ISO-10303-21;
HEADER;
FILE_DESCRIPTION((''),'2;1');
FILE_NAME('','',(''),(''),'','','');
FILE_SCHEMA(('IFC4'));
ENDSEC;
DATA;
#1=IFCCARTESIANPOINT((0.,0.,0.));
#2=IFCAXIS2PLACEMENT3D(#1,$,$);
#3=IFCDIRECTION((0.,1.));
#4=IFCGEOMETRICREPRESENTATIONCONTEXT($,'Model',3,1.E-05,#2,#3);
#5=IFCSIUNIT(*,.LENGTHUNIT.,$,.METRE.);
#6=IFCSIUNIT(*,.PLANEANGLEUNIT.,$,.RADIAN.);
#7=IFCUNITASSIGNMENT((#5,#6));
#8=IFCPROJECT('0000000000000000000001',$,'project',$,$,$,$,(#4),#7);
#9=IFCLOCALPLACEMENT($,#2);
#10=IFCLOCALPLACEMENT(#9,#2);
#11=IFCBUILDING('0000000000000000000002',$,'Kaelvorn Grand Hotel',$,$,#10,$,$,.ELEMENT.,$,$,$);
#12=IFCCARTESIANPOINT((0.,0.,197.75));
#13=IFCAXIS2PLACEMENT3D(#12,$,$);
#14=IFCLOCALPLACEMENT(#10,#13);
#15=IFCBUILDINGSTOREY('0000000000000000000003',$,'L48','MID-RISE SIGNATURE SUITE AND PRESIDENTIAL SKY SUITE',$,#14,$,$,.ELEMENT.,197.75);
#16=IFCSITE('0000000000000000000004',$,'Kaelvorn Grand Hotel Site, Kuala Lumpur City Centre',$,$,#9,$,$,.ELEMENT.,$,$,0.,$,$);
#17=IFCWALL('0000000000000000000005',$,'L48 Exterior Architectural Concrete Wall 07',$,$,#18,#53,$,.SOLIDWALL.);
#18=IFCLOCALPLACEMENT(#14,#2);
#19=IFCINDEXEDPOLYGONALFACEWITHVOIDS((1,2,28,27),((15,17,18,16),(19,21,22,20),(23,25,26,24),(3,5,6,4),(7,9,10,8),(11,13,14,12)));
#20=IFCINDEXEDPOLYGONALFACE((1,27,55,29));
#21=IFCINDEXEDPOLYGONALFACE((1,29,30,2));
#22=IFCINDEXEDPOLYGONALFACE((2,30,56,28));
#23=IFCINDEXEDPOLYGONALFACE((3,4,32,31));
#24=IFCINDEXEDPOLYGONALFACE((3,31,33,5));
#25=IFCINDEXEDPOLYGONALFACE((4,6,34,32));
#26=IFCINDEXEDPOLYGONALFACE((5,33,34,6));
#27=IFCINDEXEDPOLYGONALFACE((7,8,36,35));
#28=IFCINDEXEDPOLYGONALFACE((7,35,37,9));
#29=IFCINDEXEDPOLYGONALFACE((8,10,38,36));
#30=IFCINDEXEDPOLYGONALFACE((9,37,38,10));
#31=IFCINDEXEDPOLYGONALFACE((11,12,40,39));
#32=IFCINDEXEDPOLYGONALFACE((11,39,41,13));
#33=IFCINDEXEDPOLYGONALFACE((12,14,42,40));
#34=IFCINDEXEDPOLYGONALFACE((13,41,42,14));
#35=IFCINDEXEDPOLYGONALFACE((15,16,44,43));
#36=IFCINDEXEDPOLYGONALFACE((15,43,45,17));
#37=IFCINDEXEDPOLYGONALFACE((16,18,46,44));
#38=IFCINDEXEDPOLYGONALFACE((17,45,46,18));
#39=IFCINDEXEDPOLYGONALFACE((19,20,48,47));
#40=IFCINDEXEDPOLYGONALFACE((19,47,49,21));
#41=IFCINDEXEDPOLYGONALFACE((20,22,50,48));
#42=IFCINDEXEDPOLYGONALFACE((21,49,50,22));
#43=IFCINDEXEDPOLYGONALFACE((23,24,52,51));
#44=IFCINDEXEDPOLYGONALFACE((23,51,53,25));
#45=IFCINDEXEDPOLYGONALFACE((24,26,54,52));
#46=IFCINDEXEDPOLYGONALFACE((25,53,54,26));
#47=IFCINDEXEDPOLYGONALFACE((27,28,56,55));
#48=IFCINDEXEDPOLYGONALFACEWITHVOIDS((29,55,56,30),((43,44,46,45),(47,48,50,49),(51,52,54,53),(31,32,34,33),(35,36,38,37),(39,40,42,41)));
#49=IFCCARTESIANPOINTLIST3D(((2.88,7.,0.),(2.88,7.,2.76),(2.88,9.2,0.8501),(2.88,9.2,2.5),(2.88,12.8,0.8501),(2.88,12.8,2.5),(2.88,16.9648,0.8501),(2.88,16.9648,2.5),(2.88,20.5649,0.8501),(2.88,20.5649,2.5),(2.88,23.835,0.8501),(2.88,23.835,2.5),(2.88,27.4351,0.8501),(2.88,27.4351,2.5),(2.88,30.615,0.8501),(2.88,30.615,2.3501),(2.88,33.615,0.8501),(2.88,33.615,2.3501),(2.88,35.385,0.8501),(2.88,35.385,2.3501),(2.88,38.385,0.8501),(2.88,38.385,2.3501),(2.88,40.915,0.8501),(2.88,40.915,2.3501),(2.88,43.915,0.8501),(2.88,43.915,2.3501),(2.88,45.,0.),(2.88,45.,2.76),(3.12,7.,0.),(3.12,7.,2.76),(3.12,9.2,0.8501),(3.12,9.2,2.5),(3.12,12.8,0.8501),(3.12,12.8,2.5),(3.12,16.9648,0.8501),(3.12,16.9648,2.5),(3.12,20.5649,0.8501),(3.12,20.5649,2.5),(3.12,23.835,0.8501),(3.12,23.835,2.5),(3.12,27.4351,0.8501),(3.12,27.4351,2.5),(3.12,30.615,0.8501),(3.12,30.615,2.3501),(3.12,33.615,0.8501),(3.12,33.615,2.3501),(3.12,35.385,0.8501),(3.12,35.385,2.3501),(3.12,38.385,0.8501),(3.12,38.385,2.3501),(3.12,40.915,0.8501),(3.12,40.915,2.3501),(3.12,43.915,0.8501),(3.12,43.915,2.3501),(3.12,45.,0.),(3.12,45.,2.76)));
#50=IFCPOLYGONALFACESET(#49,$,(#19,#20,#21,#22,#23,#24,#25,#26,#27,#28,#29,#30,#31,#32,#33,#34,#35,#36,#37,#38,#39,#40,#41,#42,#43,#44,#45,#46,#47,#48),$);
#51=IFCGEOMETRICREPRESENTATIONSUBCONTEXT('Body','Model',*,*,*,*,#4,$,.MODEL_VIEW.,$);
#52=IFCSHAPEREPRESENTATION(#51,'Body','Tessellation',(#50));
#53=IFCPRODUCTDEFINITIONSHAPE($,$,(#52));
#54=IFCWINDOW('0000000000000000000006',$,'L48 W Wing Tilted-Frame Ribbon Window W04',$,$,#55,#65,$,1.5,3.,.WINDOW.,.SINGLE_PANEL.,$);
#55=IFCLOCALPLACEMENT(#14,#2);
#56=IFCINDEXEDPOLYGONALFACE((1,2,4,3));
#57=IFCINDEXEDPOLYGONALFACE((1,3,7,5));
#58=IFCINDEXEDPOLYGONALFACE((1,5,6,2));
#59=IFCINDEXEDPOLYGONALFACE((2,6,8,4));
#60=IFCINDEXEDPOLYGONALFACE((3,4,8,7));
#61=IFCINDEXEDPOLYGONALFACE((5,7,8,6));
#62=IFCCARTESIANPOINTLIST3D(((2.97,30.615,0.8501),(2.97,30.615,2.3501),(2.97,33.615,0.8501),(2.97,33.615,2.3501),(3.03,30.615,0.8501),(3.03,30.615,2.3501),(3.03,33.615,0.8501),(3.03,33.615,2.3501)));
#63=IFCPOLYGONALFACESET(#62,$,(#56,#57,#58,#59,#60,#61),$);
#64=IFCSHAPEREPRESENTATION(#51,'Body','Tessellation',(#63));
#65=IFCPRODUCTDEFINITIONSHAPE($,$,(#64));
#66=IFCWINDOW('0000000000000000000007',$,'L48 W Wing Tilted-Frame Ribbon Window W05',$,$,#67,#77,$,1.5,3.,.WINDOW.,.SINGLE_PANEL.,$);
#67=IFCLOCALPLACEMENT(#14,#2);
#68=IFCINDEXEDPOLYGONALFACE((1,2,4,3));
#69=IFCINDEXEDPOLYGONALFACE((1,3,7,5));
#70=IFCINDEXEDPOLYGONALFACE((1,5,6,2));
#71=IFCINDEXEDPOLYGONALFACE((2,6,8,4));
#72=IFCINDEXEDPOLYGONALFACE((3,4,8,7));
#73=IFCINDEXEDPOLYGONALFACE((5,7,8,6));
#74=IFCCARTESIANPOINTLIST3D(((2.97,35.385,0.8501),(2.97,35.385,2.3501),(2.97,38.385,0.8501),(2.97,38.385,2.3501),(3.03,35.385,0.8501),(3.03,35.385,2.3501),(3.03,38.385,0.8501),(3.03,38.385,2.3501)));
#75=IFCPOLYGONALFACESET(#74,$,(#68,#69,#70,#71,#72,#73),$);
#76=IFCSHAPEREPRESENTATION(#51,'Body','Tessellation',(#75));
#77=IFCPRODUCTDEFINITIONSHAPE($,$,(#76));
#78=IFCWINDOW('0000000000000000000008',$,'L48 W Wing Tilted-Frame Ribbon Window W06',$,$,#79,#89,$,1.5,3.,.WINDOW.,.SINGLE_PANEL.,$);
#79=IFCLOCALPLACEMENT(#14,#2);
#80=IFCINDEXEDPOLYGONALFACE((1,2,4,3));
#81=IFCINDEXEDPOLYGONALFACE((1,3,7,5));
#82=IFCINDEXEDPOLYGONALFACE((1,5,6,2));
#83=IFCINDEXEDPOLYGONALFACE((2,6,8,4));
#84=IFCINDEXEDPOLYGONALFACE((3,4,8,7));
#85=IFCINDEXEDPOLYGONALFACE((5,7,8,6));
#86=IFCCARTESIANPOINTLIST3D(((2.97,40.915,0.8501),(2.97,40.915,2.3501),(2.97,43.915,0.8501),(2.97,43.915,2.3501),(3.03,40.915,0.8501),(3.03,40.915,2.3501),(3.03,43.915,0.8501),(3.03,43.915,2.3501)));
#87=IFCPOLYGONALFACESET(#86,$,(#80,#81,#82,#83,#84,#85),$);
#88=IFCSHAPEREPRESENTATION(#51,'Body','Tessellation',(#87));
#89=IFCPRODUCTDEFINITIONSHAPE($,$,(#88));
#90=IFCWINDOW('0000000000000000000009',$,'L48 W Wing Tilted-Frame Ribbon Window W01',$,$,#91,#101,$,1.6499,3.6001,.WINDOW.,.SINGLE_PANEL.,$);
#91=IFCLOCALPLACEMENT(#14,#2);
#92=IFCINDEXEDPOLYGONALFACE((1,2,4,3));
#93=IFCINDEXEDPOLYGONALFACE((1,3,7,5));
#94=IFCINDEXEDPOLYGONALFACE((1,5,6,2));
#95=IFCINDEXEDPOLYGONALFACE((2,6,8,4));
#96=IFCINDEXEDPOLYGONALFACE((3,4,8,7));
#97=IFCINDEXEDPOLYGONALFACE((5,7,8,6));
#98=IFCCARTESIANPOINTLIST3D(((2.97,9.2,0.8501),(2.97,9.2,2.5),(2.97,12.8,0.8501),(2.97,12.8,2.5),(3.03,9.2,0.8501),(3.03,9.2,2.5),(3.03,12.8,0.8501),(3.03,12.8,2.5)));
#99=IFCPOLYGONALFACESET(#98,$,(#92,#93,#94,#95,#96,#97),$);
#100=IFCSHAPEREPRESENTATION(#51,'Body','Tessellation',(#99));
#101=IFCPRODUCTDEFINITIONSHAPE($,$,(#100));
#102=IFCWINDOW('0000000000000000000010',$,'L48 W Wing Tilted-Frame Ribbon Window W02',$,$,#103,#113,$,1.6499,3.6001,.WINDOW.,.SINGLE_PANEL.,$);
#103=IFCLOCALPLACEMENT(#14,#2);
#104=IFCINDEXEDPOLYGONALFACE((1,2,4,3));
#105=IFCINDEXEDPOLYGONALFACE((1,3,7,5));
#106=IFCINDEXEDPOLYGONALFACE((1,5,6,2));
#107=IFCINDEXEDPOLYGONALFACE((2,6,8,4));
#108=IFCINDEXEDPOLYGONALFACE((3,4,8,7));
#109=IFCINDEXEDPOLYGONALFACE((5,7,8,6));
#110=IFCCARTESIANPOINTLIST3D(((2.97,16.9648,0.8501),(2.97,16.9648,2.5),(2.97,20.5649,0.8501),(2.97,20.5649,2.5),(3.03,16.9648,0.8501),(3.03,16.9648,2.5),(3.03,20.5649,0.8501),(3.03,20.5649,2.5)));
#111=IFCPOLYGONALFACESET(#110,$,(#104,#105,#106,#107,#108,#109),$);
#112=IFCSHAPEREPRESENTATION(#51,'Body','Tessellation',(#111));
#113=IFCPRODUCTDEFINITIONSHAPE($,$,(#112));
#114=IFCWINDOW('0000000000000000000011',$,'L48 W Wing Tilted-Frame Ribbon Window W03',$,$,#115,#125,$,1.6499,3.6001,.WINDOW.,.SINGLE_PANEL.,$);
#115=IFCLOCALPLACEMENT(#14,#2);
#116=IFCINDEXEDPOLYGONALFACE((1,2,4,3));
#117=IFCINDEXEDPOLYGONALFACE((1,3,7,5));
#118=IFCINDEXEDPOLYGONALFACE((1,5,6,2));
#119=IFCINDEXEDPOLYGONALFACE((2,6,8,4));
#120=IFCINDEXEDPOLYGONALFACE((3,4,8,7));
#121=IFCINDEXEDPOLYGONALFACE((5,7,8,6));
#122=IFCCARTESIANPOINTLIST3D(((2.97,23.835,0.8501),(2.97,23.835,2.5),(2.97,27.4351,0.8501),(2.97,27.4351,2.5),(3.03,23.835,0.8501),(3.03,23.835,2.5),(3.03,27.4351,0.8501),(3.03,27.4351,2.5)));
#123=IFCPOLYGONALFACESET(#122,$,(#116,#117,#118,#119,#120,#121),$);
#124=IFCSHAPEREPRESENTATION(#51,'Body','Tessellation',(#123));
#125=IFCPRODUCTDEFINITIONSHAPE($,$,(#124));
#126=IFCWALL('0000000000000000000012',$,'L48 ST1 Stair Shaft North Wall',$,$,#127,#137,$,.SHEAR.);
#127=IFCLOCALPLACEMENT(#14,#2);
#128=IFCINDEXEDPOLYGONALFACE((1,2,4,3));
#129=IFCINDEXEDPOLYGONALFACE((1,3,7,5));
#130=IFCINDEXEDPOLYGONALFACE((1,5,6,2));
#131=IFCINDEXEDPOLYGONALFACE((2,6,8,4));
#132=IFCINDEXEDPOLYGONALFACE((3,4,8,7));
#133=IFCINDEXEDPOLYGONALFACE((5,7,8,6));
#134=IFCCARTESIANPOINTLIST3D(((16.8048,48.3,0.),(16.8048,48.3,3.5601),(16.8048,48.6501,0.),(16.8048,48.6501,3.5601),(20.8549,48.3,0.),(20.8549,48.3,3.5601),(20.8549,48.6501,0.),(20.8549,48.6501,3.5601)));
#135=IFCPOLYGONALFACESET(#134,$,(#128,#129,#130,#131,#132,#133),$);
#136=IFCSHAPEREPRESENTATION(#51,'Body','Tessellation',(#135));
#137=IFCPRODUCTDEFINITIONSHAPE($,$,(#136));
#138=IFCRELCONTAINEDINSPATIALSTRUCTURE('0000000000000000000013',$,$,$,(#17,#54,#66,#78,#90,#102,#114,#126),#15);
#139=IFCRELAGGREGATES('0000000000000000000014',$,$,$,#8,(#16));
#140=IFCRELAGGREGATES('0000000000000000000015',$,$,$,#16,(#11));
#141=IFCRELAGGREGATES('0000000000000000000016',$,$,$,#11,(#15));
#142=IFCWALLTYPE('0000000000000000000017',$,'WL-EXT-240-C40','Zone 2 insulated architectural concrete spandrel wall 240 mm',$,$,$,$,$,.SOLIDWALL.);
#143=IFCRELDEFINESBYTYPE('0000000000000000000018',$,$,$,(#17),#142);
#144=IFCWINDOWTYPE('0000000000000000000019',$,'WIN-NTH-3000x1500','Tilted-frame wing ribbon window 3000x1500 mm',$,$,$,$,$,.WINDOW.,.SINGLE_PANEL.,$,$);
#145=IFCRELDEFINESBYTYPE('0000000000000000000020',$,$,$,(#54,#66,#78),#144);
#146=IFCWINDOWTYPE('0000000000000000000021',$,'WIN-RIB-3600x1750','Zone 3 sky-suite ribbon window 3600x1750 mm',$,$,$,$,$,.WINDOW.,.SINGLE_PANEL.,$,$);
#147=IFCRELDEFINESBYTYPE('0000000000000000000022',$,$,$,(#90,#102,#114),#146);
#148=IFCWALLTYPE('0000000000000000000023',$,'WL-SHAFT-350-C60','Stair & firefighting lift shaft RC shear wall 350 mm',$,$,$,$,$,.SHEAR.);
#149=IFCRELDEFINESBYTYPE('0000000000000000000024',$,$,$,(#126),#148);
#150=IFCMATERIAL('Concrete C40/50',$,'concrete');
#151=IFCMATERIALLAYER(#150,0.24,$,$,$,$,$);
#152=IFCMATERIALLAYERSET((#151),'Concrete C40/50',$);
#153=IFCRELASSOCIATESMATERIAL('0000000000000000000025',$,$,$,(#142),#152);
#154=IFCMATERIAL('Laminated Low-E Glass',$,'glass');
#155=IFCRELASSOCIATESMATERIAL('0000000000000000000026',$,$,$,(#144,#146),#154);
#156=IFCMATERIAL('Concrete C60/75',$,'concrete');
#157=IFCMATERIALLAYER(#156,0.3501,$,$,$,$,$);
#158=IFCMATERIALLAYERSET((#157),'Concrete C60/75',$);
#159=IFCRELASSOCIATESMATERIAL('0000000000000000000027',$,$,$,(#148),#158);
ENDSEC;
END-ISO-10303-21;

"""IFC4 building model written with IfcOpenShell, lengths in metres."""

from ifc_helpers import new_model, si_unit, direction, frame, frame_2d, origin, place, context, subcontext, project, spatial, rectangle, extrude, material, layer, layer_set, type_object, element, fill, save


model = new_model("IFC4")

# Units and contexts
model_context = context("Model", 3, precision=1e-05, world=origin(), true_north=direction((0.0, 1.0)))
body_context = subcontext(model_context, "Body", "Model", "MODEL_VIEW")
ifc_project = project(units=[si_unit("LENGTHUNIT", "METRE"), si_unit("PLANEANGLEUNIT", "RADIAN")], contexts=[model_context])

# Site, building, storey
site_placement = place(None, origin())
site = spatial("IfcSite", under=ifc_project, at=site_placement, Name="Kaelvorn Grand Hotel Site, Kuala Lumpur City Centre", CompositionType="ELEMENT", RefElevation=0.0)
building_placement = place(site_placement, origin())
building = spatial("IfcBuilding", under=site, at=building_placement, Name="Kaelvorn Grand Hotel", CompositionType="ELEMENT")
storey_placement = place(building_placement, frame((0.0, 0.0, 197.75)))
storey = spatial("IfcBuildingStorey", under=building, at=storey_placement, Name="L48", Description="MID-RISE SIGNATURE SUITE AND PRESIDENTIAL SKY SUITE", CompositionType="ELEMENT", Elevation=197.75)

# Shared definitions
ifc_material_1 = material(Name="Concrete C60/75", Category="concrete")

# Shared definitions
ifc_material_2 = material(Name="Concrete C40/50", Category="concrete")
ifc_layer_1 = layer(ifc_material_2, 0.24)
ifc_layer_set_1 = layer_set([ifc_layer_1], Name="Concrete C40/50")
wall_type_1 = type_object("IfcWallType", Name="WL-EXT-240-C40", Description="Zone 2 insulated architectural concrete spandrel wall 240 mm", PredefinedType="SOLIDWALL", material=ifc_layer_set_1)
ifc_material_3 = material(Name="Laminated Low-E Glass", Category="glass")

# Wall, openings, windows
wall_1_placement = place(storey_placement, frame((3.0, 45.0, 0.0), z_axis=(0.0, 0.0, 1.0), x_axis=(0.0, -1.0, 0.0)))
wall_1 = element("IfcWall", 1, at=wall_1_placement, inside=storey, type_object=wall_type_1, Name="L48 Exterior Architectural Concrete Wall 07", PredefinedType="SOLIDWALL", context=body_context, shape_type="SweptSolid", body=[
    extrude(rectangle(XDim=38.0, YDim=0.24, at=frame_2d((19.0, 0.0))), origin(), (0.0, 0.0, 1.0), 2.76),
])
opening_1_placement = place(wall_1_placement, frame((32.2, 0.0, 0.8501)))
opening_1 = element("IfcOpeningElement", 2, at=opening_1_placement, cuts=wall_1, PredefinedType="OPENING", context=body_context, shape_type="SweptSolid", body=[
    extrude(rectangle(XDim=3.6001, YDim=1.6499, at=frame_2d((1.8, 0.825))), frame((0.0, 0.1299, 0.0), z_axis=(0.0, -1.0, 0.0), x_axis=(1.0, 0.0, 0.0)), (0.0, 0.0, 1.0), 0.26),
])
opening_2_placement = place(wall_1_placement, frame((24.4351, 0.0, 0.8501)))
opening_2 = element("IfcOpeningElement", 3, at=opening_2_placement, cuts=wall_1, PredefinedType="OPENING", context=body_context, shape_type="SweptSolid", body=[
    extrude(rectangle(XDim=3.6001, YDim=1.6499, at=frame_2d((1.8, 0.825))), frame((0.0, 0.1299, 0.0), z_axis=(0.0, -1.0, 0.0), x_axis=(1.0, 0.0, 0.0)), (0.0, 0.0, 1.0), 0.26),
])
opening_3_placement = place(wall_1_placement, frame((17.5649, 0.0, 0.8501)))
opening_3 = element("IfcOpeningElement", 4, at=opening_3_placement, cuts=wall_1, PredefinedType="OPENING", context=body_context, shape_type="SweptSolid", body=[
    extrude(rectangle(XDim=3.6001, YDim=1.6499, at=frame_2d((1.8, 0.825))), frame((0.0, 0.1299, 0.0), z_axis=(0.0, -1.0, 0.0), x_axis=(1.0, 0.0, 0.0)), (0.0, 0.0, 1.0), 0.26),
])
opening_4_placement = place(wall_1_placement, frame((11.385, 0.0, 0.8501)))
opening_4 = element("IfcOpeningElement", 5, at=opening_4_placement, cuts=wall_1, PredefinedType="OPENING", context=body_context, shape_type="SweptSolid", body=[
    extrude(rectangle(XDim=3.0, YDim=1.5, at=frame_2d((1.5, 0.75))), frame((0.0, 0.1299, 0.0), z_axis=(0.0, -1.0, 0.0), x_axis=(1.0, 0.0, 0.0)), (0.0, 0.0, 1.0), 0.26),
])
opening_5_placement = place(wall_1_placement, frame((6.615, 0.0, 0.8501)))
opening_5 = element("IfcOpeningElement", 6, at=opening_5_placement, cuts=wall_1, PredefinedType="OPENING", context=body_context, shape_type="SweptSolid", body=[
    extrude(rectangle(XDim=3.0, YDim=1.5, at=frame_2d((1.5, 0.75))), frame((0.0, 0.1299, 0.0), z_axis=(0.0, -1.0, 0.0), x_axis=(1.0, 0.0, 0.0)), (0.0, 0.0, 1.0), 0.26),
])
opening_6_placement = place(wall_1_placement, frame((1.085, 0.0, 0.8501)))
opening_6 = element("IfcOpeningElement", 7, at=opening_6_placement, cuts=wall_1, PredefinedType="OPENING", context=body_context, shape_type="SweptSolid", body=[
    extrude(rectangle(XDim=3.0, YDim=1.5, at=frame_2d((1.5, 0.75))), frame((0.0, 0.1299, 0.0), z_axis=(0.0, -1.0, 0.0), x_axis=(1.0, 0.0, 0.0)), (0.0, 0.0, 1.0), 0.26),
])
window_type_1 = type_object("IfcWindowType", Name="WIN-NTH-3000x1500", Description="Tilted-frame wing ribbon window 3000x1500 mm", PartitioningType="SINGLE_PANEL", PredefinedType="WINDOW", material=ifc_material_3)
window_1_placement = place(opening_4_placement, origin())
window_1 = element("IfcWindow", 8, at=window_1_placement, inside=storey, type_object=window_type_1, Name="L48 W Wing Tilted-Frame Ribbon Window W04", OverallHeight=1.5, OverallWidth=3.0, PartitioningType="SINGLE_PANEL", PredefinedType="WINDOW", context=body_context, shape_type="SweptSolid", body=[
    extrude(rectangle(XDim=3.0, YDim=1.5, at=frame_2d((1.5, 0.75))), frame((0.0, 0.03, 0.0), z_axis=(0.0, -1.0, 0.0), x_axis=(1.0, 0.0, 0.0)), (0.0, 0.0, 1.0), 0.0601),
])
fill(opening_4, window_1)
window_2_placement = place(opening_5_placement, origin())
window_2 = element("IfcWindow", 9, at=window_2_placement, inside=storey, type_object=window_type_1, Name="L48 W Wing Tilted-Frame Ribbon Window W05", OverallHeight=1.5, OverallWidth=3.0, PartitioningType="SINGLE_PANEL", PredefinedType="WINDOW", context=body_context, shape_type="SweptSolid", body=[
    extrude(rectangle(XDim=3.0, YDim=1.5, at=frame_2d((1.5, 0.75))), frame((0.0, 0.03, 0.0), z_axis=(0.0, -1.0, 0.0), x_axis=(1.0, 0.0, 0.0)), (0.0, 0.0, 1.0), 0.0601),
])
fill(opening_5, window_2)
window_3_placement = place(opening_6_placement, origin())
window_3 = element("IfcWindow", 10, at=window_3_placement, inside=storey, type_object=window_type_1, Name="L48 W Wing Tilted-Frame Ribbon Window W06", OverallHeight=1.5, OverallWidth=3.0, PartitioningType="SINGLE_PANEL", PredefinedType="WINDOW", context=body_context, shape_type="SweptSolid", body=[
    extrude(rectangle(XDim=3.0, YDim=1.5, at=frame_2d((1.5, 0.75))), frame((0.0, 0.03, 0.0), z_axis=(0.0, -1.0, 0.0), x_axis=(1.0, 0.0, 0.0)), (0.0, 0.0, 1.0), 0.0601),
])
fill(opening_6, window_3)
window_type_2 = type_object("IfcWindowType", Name="WIN-RIB-3600x1750", Description="Zone 3 sky-suite ribbon window 3600x1750 mm", PartitioningType="SINGLE_PANEL", PredefinedType="WINDOW", material=ifc_material_3)
window_4_placement = place(opening_1_placement, origin())
window_4 = element("IfcWindow", 11, at=window_4_placement, inside=storey, type_object=window_type_2, Name="L48 W Wing Tilted-Frame Ribbon Window W01", OverallHeight=1.6499, OverallWidth=3.6001, PartitioningType="SINGLE_PANEL", PredefinedType="WINDOW", context=body_context, shape_type="SweptSolid", body=[
    extrude(rectangle(XDim=3.6001, YDim=1.6499, at=frame_2d((1.8, 0.825))), frame((0.0, 0.03, 0.0), z_axis=(0.0, -1.0, 0.0), x_axis=(1.0, 0.0, 0.0)), (0.0, 0.0, 1.0), 0.0601),
])
fill(opening_1, window_4)
window_5_placement = place(opening_2_placement, origin())
window_5 = element("IfcWindow", 12, at=window_5_placement, inside=storey, type_object=window_type_2, Name="L48 W Wing Tilted-Frame Ribbon Window W02", OverallHeight=1.6499, OverallWidth=3.6001, PartitioningType="SINGLE_PANEL", PredefinedType="WINDOW", context=body_context, shape_type="SweptSolid", body=[
    extrude(rectangle(XDim=3.6001, YDim=1.6499, at=frame_2d((1.8, 0.825))), frame((0.0, 0.03, 0.0), z_axis=(0.0, -1.0, 0.0), x_axis=(1.0, 0.0, 0.0)), (0.0, 0.0, 1.0), 0.0601),
])
fill(opening_2, window_5)
window_6_placement = place(opening_3_placement, origin())
window_6 = element("IfcWindow", 13, at=window_6_placement, inside=storey, type_object=window_type_2, Name="L48 W Wing Tilted-Frame Ribbon Window W03", OverallHeight=1.6499, OverallWidth=3.6001, PartitioningType="SINGLE_PANEL", PredefinedType="WINDOW", context=body_context, shape_type="SweptSolid", body=[
    extrude(rectangle(XDim=3.6001, YDim=1.6499, at=frame_2d((1.8, 0.825))), frame((0.0, 0.03, 0.0), z_axis=(0.0, -1.0, 0.0), x_axis=(1.0, 0.0, 0.0)), (0.0, 0.0, 1.0), 0.0601),
])
fill(opening_3, window_6)

# Wall
ifc_layer_2 = layer(ifc_material_1, 0.3501)
ifc_layer_set_2 = layer_set([ifc_layer_2], Name="Concrete C60/75")
wall_type_2 = type_object("IfcWallType", Name="WL-SHAFT-350-C60", Description="Stair & firefighting lift shaft RC shear wall 350 mm", PredefinedType="SHEAR", material=ifc_layer_set_2)
wall_2_placement = place(storey_placement, frame((16.8049, 48.4751, 0.0), z_axis=(0.0, 0.0, 1.0), x_axis=(1.0, 0.0, 0.0)))
element("IfcWall", 14, at=wall_2_placement, inside=storey, type_object=wall_type_2, Name="L48 ST1 Stair Shaft North Wall", PredefinedType="SHEAR", context=body_context, shape_type="SweptSolid", body=[
    extrude(rectangle(XDim=4.05, YDim=0.3501, at=frame_2d((2.0249, 0.0))), origin(), (0.0, 0.0, 1.0), 3.5601),
])

save(model, "model.ifc")
